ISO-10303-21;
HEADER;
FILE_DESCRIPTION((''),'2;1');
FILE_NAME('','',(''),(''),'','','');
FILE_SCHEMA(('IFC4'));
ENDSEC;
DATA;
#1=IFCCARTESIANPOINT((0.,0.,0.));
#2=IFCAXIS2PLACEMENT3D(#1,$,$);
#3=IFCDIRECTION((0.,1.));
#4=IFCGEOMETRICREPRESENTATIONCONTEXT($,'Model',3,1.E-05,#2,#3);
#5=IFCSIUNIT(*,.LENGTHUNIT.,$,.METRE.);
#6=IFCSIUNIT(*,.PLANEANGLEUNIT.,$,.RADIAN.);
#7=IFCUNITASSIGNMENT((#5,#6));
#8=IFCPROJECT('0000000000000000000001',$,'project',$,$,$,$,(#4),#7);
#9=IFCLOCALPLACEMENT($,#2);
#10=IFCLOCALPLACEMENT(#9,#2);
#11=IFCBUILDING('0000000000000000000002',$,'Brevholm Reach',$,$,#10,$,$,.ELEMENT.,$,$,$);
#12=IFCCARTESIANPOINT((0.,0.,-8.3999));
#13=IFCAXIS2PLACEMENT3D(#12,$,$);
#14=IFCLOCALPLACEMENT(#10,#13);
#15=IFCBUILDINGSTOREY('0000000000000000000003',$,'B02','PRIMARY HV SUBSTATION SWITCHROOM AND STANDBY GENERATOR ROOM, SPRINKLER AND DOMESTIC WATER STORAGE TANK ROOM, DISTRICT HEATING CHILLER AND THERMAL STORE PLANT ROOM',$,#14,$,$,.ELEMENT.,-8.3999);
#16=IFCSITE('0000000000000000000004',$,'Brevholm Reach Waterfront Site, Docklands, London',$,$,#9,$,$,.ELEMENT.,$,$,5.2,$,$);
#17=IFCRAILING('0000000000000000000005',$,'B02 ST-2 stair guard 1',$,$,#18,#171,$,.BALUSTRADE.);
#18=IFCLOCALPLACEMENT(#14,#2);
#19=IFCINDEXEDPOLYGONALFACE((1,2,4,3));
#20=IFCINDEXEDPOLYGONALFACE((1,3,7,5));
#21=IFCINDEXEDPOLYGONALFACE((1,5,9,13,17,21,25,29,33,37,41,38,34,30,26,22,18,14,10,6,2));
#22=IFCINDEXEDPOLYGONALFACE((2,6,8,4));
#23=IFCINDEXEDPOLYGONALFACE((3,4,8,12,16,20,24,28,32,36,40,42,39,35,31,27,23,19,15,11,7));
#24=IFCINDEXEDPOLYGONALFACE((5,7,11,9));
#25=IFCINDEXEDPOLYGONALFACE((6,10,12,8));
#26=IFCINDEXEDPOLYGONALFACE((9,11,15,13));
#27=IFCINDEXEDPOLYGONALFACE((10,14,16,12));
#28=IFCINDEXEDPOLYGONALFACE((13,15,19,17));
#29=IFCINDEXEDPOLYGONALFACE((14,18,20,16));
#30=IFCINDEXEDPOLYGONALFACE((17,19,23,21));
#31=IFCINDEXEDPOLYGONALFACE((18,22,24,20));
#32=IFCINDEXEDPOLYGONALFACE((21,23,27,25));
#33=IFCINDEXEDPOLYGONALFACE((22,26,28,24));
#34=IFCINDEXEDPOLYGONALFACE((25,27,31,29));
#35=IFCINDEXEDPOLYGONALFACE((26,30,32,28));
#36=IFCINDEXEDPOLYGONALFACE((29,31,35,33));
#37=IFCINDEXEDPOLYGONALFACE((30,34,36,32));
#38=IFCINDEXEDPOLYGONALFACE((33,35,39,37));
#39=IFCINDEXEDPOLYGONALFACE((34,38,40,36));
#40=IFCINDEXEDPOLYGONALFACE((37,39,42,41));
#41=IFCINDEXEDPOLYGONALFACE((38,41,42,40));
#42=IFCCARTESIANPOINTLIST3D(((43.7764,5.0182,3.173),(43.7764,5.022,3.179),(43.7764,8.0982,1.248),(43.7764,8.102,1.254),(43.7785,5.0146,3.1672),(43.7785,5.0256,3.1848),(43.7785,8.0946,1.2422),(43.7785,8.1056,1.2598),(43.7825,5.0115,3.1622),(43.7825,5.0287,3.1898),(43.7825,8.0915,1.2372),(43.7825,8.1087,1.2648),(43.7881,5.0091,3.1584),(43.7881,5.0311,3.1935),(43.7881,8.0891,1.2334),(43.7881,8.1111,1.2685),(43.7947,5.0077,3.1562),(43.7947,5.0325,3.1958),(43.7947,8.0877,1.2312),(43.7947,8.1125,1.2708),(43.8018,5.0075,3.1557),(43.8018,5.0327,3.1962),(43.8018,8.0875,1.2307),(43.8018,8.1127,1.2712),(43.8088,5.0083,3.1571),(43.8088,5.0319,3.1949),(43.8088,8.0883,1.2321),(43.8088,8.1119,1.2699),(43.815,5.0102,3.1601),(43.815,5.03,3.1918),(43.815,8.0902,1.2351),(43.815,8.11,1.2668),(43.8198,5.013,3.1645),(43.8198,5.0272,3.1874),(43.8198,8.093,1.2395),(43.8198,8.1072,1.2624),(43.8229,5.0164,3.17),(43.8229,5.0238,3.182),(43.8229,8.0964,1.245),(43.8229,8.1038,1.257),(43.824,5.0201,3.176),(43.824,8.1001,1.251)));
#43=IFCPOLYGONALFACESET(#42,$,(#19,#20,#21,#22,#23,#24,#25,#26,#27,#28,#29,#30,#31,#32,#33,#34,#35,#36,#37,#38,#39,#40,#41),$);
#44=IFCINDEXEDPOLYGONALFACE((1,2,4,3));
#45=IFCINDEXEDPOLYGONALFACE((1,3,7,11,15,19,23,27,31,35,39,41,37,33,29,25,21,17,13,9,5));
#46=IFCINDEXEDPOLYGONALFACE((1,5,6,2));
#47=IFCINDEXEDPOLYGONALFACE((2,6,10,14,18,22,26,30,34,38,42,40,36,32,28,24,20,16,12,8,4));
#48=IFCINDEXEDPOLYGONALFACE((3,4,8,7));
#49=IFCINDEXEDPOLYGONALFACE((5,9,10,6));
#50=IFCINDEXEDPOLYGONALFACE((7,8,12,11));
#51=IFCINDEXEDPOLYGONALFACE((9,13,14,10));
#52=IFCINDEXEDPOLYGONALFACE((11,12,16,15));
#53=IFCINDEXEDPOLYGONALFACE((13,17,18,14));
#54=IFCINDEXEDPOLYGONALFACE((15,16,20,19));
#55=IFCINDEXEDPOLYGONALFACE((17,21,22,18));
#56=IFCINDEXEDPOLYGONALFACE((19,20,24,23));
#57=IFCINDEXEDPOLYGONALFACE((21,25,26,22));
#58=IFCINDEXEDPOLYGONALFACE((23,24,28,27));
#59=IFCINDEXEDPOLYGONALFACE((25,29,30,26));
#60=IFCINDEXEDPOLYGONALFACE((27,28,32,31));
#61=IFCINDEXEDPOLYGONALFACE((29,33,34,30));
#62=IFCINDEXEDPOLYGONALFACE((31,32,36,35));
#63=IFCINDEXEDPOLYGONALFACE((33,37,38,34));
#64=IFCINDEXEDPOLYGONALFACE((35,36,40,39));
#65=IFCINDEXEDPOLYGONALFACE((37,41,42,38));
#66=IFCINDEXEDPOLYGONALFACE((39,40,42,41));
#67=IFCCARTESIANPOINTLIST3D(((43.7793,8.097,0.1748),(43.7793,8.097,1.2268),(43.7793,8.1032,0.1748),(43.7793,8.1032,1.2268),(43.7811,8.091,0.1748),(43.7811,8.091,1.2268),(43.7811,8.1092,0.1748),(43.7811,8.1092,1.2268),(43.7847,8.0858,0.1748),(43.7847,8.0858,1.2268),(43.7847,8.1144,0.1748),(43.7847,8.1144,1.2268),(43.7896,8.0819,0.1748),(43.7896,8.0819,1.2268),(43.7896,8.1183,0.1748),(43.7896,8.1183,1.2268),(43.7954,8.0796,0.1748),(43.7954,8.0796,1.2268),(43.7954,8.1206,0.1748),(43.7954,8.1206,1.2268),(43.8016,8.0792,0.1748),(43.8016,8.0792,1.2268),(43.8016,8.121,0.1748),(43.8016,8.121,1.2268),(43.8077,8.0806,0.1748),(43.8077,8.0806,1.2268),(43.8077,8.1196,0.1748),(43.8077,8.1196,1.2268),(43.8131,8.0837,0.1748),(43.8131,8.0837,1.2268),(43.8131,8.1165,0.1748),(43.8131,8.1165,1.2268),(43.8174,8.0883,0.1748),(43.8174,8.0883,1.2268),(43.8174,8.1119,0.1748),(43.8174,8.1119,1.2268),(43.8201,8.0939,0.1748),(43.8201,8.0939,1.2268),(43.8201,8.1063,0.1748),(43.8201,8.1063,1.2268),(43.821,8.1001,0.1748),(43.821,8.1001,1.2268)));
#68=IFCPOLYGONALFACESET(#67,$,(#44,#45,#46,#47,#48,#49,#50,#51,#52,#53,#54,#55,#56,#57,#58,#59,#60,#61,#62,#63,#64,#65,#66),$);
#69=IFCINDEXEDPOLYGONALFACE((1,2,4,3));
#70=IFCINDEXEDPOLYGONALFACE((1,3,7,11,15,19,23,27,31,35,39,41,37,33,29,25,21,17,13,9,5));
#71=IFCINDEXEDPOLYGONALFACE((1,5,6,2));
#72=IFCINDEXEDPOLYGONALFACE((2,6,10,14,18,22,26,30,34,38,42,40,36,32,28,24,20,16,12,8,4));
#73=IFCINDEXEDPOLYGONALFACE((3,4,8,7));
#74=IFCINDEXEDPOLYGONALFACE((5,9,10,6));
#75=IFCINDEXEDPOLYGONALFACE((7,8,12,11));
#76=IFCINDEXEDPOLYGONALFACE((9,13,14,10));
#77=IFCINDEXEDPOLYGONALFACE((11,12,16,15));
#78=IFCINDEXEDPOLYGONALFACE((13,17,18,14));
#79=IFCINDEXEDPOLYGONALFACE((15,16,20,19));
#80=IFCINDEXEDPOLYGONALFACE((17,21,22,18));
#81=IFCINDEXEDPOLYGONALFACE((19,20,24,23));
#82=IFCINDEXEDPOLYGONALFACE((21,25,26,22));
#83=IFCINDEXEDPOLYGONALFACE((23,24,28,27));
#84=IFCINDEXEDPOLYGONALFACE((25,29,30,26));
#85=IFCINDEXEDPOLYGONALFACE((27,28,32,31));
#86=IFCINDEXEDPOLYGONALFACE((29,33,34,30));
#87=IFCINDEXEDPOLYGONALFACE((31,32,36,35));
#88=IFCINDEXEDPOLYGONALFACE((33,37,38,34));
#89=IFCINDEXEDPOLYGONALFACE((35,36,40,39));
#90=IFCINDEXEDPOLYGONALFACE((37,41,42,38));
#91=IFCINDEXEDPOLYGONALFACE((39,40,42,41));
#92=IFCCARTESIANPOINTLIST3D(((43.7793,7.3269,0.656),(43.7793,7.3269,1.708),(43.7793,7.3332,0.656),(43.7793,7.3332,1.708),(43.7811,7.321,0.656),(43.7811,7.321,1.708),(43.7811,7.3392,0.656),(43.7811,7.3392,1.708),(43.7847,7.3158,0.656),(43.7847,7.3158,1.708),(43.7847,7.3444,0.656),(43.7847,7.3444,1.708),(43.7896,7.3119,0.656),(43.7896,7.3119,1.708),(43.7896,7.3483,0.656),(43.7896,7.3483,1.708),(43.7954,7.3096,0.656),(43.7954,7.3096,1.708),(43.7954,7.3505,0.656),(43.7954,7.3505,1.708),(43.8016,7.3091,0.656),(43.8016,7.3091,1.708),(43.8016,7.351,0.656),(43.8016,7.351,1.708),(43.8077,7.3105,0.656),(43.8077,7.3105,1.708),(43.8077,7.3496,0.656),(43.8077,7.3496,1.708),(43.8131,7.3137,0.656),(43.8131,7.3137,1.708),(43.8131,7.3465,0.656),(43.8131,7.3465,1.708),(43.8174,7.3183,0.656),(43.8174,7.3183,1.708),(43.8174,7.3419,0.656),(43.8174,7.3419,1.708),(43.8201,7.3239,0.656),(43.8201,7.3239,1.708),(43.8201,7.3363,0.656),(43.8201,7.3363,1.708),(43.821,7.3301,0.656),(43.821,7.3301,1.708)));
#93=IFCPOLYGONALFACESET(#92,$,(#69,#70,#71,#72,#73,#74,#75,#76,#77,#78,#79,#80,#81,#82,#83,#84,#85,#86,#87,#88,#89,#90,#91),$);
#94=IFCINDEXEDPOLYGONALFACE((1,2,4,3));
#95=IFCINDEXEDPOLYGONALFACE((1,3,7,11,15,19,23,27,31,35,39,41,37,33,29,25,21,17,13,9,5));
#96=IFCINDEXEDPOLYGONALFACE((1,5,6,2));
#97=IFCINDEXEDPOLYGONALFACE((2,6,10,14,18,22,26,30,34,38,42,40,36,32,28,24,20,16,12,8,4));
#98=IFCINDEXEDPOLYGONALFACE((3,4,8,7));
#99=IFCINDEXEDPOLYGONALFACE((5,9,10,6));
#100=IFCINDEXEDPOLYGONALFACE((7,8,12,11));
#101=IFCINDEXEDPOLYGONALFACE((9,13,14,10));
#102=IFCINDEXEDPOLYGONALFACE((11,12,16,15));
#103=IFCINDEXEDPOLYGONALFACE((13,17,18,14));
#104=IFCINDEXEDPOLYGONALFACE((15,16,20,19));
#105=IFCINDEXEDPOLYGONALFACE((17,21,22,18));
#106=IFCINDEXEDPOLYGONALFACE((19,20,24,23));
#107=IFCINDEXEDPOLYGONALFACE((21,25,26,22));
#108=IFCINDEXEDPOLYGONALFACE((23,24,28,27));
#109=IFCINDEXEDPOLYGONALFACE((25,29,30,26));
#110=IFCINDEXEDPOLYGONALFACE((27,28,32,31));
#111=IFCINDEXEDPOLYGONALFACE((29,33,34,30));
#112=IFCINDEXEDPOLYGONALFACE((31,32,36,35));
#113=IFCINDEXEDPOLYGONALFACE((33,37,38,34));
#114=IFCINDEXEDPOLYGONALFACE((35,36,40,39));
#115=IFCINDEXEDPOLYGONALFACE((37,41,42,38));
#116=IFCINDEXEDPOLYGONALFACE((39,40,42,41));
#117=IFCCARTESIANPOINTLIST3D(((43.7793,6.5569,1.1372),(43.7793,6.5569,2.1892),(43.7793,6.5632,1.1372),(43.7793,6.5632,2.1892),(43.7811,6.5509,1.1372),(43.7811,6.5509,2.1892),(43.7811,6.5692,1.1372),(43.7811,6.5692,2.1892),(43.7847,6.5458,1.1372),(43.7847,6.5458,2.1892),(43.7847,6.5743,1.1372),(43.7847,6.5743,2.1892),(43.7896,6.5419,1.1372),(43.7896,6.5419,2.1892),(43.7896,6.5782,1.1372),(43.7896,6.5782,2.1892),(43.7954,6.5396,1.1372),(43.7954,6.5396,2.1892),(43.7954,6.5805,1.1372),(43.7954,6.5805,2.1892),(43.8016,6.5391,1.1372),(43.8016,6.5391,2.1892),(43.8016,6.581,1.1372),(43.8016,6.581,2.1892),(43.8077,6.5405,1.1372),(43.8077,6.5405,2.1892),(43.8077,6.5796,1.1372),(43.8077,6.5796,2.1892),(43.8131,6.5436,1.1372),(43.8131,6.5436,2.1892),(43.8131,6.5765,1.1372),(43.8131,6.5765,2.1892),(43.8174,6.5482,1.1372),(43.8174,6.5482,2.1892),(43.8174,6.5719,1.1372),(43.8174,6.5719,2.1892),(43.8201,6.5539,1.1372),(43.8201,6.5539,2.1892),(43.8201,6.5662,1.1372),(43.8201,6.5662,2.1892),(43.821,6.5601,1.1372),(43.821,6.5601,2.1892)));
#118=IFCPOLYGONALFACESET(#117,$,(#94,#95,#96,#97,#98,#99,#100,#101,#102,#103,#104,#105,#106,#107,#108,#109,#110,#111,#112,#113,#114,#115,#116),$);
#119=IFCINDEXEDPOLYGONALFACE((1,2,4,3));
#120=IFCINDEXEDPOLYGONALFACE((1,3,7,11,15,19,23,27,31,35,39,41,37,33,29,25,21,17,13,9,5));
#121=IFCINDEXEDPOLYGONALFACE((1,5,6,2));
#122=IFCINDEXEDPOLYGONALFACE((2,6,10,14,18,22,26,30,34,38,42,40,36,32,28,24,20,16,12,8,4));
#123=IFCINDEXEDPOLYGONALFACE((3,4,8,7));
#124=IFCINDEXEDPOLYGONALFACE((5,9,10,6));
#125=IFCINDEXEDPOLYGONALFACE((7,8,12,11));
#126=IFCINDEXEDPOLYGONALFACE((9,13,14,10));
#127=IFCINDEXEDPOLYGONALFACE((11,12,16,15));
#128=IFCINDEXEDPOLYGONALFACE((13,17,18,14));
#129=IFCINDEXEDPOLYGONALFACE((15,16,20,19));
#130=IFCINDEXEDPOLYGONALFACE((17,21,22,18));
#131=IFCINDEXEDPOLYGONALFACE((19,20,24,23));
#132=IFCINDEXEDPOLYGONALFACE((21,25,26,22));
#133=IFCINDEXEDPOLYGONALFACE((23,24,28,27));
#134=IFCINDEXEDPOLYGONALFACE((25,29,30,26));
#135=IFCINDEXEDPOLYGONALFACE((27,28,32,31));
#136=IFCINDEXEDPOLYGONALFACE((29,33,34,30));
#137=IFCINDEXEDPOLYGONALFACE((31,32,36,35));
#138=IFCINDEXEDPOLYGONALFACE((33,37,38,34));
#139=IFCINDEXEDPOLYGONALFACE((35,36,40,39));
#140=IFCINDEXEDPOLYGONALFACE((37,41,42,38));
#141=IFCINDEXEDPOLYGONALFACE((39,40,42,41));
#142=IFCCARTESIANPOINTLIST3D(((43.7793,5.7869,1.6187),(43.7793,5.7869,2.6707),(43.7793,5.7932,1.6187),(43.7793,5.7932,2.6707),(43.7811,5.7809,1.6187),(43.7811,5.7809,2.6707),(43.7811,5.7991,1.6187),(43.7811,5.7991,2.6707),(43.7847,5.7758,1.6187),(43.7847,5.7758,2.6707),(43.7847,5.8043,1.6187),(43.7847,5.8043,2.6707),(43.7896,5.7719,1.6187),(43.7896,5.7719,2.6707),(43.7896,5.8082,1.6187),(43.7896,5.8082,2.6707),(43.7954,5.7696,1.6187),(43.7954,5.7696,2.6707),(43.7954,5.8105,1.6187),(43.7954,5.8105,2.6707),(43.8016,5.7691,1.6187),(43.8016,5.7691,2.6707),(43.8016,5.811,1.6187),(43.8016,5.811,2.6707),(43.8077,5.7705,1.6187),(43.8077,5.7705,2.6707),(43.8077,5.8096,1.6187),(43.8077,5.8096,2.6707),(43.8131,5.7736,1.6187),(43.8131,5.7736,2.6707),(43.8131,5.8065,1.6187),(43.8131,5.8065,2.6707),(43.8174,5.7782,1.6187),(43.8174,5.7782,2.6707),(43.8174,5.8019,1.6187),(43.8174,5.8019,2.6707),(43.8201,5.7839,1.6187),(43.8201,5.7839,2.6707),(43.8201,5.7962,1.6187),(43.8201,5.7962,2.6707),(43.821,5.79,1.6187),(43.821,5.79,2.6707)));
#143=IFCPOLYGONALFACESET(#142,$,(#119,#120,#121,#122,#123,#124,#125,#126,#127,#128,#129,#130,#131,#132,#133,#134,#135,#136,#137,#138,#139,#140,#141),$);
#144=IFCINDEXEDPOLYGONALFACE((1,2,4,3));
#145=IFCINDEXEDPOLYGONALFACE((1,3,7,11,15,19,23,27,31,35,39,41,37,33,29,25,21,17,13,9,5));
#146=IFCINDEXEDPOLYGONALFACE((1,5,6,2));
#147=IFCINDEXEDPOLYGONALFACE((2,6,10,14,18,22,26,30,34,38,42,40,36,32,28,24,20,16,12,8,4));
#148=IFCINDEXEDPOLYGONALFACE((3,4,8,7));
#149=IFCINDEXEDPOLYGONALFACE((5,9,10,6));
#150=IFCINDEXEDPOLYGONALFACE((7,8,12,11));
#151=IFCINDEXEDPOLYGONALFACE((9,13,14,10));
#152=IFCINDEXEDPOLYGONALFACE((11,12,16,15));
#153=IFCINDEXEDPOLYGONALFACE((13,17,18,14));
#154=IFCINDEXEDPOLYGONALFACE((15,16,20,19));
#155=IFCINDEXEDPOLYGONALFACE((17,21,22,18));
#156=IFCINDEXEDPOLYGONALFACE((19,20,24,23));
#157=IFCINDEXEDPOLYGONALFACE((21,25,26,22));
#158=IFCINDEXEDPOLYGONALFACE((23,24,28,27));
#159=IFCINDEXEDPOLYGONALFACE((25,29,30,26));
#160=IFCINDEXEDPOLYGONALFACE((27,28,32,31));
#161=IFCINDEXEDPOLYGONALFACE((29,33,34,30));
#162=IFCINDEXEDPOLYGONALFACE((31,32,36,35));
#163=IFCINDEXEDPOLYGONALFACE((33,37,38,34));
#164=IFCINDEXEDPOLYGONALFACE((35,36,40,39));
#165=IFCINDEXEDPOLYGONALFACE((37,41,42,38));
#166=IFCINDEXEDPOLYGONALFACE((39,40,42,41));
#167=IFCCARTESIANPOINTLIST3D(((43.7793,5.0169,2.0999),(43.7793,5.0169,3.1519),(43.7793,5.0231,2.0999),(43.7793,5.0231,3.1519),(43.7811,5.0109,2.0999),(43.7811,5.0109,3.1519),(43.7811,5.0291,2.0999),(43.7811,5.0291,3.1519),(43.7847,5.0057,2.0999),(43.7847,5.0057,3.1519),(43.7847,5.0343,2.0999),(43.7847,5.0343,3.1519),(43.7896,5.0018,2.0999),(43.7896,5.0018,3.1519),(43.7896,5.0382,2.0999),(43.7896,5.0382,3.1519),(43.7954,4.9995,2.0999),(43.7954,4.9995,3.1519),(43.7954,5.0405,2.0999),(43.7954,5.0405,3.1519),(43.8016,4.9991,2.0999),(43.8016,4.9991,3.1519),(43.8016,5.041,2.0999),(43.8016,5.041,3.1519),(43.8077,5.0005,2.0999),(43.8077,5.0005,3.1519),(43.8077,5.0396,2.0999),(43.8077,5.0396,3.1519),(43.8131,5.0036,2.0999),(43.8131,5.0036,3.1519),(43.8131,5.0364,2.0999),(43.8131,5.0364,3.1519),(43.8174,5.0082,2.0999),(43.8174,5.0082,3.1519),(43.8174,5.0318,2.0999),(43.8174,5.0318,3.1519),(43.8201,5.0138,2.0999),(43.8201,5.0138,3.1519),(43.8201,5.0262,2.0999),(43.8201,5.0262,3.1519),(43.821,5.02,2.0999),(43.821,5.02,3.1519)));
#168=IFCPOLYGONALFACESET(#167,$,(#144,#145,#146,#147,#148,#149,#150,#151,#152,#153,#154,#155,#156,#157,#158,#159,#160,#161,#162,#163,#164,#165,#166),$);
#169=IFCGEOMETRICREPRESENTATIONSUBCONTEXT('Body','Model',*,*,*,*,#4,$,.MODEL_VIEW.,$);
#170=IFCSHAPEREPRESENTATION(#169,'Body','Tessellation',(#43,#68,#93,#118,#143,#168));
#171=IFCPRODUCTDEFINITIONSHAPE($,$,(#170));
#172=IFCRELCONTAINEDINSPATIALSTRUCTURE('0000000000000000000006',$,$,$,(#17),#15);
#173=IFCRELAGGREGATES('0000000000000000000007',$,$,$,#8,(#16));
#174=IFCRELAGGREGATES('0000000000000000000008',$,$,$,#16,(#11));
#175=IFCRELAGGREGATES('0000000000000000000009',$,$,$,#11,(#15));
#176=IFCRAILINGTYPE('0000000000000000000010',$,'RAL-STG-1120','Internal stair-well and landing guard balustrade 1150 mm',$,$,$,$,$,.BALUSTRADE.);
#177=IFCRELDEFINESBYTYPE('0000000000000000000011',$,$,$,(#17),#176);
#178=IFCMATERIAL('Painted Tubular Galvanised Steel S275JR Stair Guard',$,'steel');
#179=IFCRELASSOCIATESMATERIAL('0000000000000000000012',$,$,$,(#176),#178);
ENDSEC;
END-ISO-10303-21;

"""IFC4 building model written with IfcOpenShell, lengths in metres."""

from ifc_helpers import new_model, si_unit, direction, frame, origin, origin_2d, place, context, subcontext, project, spatial, circle, extrude, material, type_object, element, save


model = new_model("IFC4")

# Units and contexts
model_context = context("Model", 3, precision=1e-05, world=origin(), true_north=direction((0.0, 1.0)))
body_context = subcontext(model_context, "Body", "Model", "MODEL_VIEW")
ifc_project = project(units=[si_unit("LENGTHUNIT", "METRE"), si_unit("PLANEANGLEUNIT", "RADIAN")], contexts=[model_context])

# Site, building, storey
site_placement = place(None, origin())
site = spatial("IfcSite", under=ifc_project, at=site_placement, Name="Brevholm Reach Waterfront Site, Docklands, London", CompositionType="ELEMENT", RefElevation=5.2)
building_placement = place(site_placement, origin())
building = spatial("IfcBuilding", under=site, at=building_placement, Name="Brevholm Reach", CompositionType="ELEMENT")
storey_placement = place(building_placement, frame((0.0, 0.0, -8.3999)))
storey = spatial("IfcBuildingStorey", under=building, at=storey_placement, Name="B02", Description="PRIMARY HV SUBSTATION SWITCHROOM AND STANDBY GENERATOR ROOM, SPRINKLER AND DOMESTIC WATER STORAGE TANK ROOM, DISTRICT HEATING CHILLER AND THERMAL STORE PLANT ROOM", CompositionType="ELEMENT", Elevation=-8.3999)

# Railing
ifc_material_1 = material(Name="Painted Tubular Galvanised Steel S275JR Stair Guard", Category="steel")
railing_type_1 = type_object("IfcRailingType", Name="RAL-STG-1120", Description="Internal stair-well and landing guard balustrade 1150 mm", PredefinedType="BALUSTRADE", material=ifc_material_1)
railing_1_placement = place(storey_placement, frame((43.8, 8.1001, 0.1748)))
element("IfcRailing", 1, at=railing_1_placement, inside=storey, type_object=railing_type_1, Name="B02 ST-2 stair guard 1", PredefinedType="BALUSTRADE", context=body_context, shape_type="SweptSolid", body=[
    extrude(circle(Radius=0.0239, at=origin_2d()), frame((0.0, 0.0, 1.0762), z_axis=(0.0, -0.847998, 0.529999), x_axis=(1.0, 0.0, 0.0)), (0.0, 0.0, 1.0), 3.6321),
    extrude(circle(Radius=0.021, at=origin_2d()), origin(), (0.0, 0.0, 1.0), 1.052),
    extrude(circle(Radius=0.021, at=origin_2d()), frame((0.0, -0.77, 0.4812)), (0.0, 0.0, 1.0), 1.052),
    extrude(circle(Radius=0.021, at=origin_2d()), frame((0.0, -1.54, 0.9624)), (0.0, 0.0, 1.0), 1.052),
    extrude(circle(Radius=0.021, at=origin_2d()), frame((0.0, -2.3101, 1.4438)), (0.0, 0.0, 1.0), 1.052),
    extrude(circle(Radius=0.021, at=origin_2d()), frame((0.0, -3.0801, 1.925)), (0.0, 0.0, 1.0), 1.052),
])

save(model, "model.ifc")
